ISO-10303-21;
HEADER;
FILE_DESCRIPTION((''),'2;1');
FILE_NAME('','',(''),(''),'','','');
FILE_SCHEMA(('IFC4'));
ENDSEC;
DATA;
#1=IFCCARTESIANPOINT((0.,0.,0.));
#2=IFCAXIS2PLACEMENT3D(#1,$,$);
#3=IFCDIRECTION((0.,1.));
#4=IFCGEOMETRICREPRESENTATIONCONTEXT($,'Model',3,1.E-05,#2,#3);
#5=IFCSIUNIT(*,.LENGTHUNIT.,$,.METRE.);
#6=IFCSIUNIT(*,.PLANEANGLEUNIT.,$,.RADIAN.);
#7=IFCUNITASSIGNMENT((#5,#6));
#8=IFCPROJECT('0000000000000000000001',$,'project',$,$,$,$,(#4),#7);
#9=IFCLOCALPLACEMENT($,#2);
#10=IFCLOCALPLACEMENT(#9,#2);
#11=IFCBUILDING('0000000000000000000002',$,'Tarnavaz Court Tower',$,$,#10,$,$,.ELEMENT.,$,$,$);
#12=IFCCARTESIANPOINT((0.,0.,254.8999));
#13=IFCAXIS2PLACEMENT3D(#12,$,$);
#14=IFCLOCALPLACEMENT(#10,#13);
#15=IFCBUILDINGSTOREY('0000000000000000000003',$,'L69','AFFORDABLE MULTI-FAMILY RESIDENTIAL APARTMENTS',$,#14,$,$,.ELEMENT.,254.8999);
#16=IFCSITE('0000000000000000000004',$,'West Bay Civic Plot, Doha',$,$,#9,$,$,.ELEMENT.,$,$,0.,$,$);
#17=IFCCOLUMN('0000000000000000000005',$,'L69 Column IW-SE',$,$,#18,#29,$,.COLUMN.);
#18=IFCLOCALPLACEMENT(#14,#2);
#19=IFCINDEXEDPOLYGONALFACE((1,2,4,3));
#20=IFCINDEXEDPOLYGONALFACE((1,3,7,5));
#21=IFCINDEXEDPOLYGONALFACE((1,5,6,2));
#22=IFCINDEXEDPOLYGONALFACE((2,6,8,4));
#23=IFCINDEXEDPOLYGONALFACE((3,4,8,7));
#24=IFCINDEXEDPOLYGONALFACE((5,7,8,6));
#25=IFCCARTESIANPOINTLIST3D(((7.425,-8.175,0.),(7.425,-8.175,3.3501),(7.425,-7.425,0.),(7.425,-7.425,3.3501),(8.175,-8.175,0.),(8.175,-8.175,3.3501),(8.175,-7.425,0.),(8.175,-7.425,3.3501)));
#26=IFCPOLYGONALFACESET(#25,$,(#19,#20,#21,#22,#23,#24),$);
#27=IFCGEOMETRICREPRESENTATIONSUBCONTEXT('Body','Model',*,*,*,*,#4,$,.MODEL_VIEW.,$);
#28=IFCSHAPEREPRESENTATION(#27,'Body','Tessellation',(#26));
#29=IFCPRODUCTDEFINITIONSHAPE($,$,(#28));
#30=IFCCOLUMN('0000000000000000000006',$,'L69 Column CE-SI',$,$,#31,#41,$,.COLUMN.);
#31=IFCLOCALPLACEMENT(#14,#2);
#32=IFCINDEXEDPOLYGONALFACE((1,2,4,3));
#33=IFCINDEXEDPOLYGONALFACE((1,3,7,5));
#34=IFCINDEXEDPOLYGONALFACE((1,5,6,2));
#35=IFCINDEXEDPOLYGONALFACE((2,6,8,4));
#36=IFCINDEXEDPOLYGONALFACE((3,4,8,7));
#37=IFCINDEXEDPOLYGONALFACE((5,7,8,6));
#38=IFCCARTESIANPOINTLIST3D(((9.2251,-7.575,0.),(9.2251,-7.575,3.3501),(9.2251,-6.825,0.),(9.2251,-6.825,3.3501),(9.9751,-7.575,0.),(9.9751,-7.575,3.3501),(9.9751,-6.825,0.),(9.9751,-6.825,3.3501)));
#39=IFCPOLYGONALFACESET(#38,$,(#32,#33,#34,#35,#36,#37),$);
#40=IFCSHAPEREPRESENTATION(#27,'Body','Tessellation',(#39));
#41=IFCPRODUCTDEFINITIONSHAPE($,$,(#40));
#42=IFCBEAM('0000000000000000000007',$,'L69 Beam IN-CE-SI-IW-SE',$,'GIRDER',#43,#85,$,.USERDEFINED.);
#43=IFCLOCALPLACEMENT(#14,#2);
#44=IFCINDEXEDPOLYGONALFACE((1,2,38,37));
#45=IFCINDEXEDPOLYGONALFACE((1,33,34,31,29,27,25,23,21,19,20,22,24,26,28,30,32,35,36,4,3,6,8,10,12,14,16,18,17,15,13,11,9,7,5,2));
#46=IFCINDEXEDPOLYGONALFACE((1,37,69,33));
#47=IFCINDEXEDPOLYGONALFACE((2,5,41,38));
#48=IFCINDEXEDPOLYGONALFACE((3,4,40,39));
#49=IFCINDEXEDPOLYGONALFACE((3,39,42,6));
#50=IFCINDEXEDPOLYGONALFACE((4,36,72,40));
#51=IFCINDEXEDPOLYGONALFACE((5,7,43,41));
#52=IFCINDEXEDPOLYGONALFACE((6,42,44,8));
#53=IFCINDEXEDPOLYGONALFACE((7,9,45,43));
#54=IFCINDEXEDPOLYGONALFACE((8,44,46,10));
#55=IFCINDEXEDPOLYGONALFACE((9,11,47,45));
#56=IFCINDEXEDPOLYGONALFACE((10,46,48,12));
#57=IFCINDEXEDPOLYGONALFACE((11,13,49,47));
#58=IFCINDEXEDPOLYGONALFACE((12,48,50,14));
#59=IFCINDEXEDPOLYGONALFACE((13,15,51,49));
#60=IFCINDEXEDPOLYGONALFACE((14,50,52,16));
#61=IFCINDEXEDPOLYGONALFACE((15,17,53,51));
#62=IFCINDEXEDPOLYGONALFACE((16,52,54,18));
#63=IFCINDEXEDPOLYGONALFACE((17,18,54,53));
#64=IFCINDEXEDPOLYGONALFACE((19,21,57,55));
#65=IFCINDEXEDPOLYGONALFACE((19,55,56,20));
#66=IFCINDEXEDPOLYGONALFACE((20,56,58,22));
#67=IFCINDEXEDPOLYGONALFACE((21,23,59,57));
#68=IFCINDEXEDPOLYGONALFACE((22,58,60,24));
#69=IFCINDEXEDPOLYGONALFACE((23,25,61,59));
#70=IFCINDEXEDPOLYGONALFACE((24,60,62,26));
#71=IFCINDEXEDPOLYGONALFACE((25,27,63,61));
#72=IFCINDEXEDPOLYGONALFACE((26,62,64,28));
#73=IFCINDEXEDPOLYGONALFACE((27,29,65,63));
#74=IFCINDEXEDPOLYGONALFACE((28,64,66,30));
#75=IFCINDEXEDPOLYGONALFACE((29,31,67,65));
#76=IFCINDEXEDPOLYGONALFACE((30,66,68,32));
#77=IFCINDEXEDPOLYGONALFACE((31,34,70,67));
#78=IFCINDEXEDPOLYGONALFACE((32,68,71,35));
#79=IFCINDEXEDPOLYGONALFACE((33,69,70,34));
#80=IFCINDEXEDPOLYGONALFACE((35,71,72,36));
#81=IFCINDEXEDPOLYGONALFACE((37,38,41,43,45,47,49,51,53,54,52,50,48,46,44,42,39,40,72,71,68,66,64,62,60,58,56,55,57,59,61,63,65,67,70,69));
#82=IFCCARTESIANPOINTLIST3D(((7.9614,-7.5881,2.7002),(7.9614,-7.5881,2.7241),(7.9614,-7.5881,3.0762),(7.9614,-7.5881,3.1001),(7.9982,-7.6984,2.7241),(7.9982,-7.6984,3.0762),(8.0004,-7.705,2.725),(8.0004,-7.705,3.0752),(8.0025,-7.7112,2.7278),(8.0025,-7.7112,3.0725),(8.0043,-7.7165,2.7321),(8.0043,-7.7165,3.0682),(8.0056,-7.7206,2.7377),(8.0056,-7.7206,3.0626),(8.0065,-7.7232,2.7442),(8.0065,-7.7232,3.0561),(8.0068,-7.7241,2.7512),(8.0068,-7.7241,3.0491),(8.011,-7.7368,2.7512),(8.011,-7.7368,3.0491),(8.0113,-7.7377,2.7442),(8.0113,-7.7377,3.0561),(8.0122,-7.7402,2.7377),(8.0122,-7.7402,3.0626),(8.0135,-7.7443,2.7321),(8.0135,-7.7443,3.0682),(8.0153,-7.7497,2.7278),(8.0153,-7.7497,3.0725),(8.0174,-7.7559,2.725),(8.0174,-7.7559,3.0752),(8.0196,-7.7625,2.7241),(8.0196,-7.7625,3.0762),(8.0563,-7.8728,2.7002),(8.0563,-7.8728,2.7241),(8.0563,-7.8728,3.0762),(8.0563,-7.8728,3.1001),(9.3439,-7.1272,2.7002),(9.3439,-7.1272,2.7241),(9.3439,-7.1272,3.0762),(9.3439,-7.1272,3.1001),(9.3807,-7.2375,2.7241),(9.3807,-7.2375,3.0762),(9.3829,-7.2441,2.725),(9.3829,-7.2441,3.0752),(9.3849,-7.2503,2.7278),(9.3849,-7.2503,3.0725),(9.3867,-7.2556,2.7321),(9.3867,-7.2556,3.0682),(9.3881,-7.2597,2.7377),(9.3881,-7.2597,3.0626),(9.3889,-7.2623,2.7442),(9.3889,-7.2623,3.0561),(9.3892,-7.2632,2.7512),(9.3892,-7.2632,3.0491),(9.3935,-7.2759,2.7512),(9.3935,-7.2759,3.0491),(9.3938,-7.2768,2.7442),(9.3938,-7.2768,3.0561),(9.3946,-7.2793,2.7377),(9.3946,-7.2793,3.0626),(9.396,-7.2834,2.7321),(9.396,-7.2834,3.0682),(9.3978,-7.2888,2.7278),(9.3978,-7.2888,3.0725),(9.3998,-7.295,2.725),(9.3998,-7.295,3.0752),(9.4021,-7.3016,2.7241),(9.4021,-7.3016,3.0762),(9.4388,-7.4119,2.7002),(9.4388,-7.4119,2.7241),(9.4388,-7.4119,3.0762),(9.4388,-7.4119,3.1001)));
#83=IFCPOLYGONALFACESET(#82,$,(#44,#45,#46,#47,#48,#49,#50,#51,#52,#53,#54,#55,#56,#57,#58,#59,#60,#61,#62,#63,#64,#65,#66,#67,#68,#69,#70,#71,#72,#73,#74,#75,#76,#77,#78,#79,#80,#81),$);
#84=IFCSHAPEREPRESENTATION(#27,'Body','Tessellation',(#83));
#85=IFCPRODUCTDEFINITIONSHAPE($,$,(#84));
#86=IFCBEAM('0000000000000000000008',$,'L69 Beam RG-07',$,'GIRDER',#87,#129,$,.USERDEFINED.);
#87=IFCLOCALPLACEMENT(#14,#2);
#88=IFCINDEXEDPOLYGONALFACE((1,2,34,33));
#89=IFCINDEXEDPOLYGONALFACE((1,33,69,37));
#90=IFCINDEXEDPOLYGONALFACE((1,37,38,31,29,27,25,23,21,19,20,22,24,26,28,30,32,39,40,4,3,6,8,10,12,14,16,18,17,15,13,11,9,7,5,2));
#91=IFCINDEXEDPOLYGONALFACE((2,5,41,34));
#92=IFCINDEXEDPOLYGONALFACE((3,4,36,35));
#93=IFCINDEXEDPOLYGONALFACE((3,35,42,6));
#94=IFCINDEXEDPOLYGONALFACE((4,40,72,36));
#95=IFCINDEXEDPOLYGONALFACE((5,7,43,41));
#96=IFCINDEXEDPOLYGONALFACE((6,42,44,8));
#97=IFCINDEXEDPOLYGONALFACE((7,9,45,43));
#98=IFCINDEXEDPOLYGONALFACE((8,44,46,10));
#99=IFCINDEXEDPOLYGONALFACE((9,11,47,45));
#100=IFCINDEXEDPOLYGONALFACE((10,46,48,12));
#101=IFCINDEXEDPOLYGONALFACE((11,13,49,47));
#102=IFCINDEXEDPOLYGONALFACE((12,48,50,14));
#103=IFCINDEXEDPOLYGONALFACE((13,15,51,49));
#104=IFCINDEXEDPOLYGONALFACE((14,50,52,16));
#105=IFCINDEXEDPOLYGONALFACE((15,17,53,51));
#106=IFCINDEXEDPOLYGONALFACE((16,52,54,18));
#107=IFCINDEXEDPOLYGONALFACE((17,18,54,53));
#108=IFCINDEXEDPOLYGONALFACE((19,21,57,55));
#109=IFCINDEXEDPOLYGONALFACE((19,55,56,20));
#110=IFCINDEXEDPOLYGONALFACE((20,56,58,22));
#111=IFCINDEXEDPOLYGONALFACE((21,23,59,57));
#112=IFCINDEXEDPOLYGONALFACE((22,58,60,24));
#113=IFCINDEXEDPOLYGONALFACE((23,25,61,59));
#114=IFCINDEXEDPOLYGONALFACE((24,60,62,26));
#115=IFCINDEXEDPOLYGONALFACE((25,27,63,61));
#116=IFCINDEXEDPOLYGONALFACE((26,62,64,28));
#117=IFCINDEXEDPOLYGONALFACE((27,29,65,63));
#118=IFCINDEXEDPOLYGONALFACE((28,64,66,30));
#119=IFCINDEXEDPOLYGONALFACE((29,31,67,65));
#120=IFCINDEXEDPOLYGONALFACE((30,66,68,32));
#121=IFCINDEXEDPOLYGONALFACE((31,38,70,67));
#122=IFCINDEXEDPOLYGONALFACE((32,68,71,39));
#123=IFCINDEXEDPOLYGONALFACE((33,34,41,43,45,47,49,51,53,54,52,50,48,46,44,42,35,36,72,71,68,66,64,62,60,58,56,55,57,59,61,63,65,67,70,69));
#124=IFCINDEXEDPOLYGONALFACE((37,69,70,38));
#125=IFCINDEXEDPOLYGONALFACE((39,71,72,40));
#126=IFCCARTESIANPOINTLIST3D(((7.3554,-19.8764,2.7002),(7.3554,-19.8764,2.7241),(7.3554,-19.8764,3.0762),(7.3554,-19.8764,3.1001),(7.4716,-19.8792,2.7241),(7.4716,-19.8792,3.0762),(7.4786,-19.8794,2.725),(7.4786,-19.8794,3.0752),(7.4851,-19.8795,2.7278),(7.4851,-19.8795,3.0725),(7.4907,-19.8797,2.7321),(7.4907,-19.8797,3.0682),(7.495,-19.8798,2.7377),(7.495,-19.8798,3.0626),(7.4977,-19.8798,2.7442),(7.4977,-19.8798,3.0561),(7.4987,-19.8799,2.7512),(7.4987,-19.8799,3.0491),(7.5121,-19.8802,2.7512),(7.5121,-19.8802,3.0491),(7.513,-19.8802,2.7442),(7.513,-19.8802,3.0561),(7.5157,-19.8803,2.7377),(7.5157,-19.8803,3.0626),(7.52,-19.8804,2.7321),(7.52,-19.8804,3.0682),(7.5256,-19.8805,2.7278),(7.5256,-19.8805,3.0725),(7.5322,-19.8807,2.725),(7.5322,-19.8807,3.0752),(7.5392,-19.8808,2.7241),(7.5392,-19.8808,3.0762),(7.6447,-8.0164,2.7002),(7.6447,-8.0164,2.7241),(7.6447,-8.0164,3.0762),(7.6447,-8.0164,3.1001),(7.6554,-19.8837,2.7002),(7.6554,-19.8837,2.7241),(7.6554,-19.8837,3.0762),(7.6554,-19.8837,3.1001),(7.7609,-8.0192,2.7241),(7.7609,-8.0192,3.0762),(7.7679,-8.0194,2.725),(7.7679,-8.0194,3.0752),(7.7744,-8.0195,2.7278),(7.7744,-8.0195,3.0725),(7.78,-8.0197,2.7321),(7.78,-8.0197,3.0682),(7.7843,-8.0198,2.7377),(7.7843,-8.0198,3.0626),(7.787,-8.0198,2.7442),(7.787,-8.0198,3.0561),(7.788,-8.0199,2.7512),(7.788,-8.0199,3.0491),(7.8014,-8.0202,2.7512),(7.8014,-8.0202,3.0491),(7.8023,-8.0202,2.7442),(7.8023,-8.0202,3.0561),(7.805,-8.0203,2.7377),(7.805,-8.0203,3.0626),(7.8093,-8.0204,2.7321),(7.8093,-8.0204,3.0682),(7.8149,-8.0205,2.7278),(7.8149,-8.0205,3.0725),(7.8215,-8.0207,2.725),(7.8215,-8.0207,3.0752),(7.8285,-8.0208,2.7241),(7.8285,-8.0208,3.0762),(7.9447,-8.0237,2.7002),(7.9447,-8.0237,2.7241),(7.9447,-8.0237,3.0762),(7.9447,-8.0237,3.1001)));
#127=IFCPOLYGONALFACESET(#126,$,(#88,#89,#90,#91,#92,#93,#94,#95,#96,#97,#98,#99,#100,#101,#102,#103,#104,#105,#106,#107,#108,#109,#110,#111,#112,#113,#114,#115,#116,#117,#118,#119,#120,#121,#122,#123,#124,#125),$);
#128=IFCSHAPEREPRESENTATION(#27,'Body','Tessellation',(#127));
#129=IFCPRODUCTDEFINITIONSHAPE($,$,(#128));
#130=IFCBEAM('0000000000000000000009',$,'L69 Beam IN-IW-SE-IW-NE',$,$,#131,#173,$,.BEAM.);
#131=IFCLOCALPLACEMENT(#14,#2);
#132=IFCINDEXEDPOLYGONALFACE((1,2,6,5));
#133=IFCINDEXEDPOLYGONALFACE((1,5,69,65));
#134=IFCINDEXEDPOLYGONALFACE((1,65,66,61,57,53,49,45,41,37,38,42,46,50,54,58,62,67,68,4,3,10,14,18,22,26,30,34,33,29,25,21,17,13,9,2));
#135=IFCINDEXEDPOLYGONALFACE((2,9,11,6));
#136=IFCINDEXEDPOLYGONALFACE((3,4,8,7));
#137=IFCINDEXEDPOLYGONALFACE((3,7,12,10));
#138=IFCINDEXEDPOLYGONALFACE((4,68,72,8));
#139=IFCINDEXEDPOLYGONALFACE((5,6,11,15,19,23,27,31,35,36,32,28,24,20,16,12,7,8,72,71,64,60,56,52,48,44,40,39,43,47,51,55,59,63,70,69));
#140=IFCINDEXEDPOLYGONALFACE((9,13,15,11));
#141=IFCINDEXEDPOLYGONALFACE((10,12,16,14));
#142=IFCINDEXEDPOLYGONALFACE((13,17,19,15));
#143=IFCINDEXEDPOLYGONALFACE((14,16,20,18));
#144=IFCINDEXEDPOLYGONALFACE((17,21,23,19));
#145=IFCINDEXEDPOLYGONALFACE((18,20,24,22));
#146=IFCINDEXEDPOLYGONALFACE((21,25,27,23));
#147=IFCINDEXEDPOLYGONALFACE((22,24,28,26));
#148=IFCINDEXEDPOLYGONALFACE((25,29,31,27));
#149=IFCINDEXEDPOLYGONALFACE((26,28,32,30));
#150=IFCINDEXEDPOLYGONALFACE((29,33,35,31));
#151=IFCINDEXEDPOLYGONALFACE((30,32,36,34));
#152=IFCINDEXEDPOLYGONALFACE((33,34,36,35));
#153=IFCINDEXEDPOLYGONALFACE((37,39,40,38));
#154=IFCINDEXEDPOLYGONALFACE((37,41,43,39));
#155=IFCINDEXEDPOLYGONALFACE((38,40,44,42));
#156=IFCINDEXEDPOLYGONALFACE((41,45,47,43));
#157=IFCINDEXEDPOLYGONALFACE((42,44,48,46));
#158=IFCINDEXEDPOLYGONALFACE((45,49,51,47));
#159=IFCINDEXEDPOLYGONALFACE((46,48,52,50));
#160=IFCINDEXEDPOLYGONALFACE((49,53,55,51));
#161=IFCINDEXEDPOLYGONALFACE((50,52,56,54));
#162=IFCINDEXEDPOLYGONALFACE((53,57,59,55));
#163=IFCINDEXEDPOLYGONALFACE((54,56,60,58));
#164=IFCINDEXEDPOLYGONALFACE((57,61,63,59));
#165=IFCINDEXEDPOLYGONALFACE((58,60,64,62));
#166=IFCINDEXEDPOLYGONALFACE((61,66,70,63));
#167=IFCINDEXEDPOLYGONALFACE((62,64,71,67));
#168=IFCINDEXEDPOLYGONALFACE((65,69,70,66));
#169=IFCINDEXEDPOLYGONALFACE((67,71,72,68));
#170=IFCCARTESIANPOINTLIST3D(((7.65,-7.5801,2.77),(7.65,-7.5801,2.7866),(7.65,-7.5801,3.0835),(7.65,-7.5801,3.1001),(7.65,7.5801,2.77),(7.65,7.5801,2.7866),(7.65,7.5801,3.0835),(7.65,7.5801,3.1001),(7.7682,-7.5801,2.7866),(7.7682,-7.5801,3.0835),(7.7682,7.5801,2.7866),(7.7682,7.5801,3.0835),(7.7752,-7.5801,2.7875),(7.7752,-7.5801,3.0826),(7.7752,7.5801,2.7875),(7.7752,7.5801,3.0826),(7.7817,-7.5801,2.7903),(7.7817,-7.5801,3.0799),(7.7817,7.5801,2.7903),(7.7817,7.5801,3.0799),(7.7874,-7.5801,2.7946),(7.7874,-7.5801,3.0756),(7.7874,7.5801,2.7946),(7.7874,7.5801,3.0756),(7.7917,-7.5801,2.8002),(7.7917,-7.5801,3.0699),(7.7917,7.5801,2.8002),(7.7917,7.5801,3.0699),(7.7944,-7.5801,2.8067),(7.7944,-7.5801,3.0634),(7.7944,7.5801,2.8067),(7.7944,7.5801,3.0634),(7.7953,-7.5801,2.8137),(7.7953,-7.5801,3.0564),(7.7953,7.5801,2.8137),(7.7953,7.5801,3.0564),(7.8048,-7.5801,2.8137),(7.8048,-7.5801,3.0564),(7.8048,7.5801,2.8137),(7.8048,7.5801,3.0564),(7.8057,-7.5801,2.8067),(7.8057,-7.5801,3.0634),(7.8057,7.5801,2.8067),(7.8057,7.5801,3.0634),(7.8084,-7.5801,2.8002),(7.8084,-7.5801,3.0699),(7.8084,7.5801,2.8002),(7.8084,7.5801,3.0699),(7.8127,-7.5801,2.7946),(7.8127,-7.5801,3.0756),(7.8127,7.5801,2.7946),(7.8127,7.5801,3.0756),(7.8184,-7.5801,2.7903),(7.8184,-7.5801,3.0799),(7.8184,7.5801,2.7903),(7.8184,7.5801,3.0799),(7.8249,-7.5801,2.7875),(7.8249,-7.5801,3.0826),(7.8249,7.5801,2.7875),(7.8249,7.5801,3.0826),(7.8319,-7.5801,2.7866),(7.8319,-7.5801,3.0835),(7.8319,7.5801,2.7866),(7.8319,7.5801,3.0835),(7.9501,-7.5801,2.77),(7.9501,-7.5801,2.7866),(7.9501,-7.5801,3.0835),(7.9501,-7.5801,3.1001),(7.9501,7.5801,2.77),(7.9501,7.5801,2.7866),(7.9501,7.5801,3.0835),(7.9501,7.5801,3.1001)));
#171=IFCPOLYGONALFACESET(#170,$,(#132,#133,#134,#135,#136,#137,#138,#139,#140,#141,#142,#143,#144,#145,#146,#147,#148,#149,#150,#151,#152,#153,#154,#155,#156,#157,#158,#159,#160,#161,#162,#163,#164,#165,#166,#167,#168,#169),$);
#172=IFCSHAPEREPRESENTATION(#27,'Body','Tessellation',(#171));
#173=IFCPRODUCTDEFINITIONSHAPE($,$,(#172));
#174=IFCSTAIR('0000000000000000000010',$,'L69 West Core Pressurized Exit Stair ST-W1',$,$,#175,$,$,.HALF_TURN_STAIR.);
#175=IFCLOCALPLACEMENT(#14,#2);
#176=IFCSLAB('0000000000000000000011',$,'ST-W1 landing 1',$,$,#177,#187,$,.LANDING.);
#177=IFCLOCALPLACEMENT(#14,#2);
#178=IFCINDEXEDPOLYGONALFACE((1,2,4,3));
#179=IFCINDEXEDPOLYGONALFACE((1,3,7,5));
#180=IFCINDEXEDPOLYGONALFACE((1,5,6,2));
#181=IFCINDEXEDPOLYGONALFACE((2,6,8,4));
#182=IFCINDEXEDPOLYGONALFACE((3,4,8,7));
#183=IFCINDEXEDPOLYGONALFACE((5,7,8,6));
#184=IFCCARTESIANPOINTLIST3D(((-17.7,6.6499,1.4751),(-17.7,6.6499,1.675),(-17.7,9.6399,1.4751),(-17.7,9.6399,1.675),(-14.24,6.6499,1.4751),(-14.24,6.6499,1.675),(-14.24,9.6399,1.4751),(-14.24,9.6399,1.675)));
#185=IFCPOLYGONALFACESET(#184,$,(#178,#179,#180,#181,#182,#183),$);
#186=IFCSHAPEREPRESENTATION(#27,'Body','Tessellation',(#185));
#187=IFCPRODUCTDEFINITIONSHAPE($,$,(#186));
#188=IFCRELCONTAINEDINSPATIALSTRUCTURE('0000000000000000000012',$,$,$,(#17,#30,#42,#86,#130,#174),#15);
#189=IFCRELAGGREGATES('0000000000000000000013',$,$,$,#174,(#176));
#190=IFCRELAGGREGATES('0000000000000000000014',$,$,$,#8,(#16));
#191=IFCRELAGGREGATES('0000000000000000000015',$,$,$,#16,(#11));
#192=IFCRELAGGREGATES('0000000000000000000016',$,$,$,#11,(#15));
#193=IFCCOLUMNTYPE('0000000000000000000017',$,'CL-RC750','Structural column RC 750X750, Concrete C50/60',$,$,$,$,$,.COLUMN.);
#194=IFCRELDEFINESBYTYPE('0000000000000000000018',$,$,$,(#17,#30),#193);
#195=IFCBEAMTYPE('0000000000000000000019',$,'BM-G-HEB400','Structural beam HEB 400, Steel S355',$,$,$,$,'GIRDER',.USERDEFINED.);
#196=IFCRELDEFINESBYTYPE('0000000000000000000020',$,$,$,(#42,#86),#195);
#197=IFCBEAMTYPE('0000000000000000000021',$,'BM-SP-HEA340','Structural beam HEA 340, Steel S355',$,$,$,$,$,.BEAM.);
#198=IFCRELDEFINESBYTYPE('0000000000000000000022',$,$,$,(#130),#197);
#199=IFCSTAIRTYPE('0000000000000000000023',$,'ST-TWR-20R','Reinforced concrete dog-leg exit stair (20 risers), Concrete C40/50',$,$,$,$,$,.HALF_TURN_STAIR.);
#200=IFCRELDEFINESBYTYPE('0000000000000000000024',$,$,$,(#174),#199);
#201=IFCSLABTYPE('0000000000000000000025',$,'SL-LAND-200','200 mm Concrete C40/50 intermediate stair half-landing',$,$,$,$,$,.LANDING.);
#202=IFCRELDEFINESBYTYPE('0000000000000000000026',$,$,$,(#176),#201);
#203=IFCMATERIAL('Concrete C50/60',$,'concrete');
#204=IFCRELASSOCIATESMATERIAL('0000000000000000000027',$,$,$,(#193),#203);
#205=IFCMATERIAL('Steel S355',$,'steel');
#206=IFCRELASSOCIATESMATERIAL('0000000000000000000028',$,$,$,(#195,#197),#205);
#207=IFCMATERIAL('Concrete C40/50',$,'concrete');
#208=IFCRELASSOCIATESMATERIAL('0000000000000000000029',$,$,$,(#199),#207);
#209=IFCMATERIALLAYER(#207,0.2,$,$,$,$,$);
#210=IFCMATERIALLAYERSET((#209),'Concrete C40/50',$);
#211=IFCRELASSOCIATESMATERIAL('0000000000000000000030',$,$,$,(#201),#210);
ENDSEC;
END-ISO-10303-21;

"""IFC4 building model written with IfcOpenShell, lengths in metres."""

from ifc_helpers import new_model, si_unit, direction, frame, origin, origin_2d, place, context, subcontext, project, spatial, polyline, rectangle, i_section, outline, extrude, material, layer, layer_set, material_profile, profile_set, type_object, element, aggregate, save


model = new_model("IFC4")

# Units and contexts
model_context = context("Model", 3, precision=1e-05, world=origin(), true_north=direction((0.0, 1.0)))
body_context = subcontext(model_context, "Body", "Model", "MODEL_VIEW")
ifc_project = project(units=[si_unit("LENGTHUNIT", "METRE"), si_unit("PLANEANGLEUNIT", "RADIAN")], contexts=[model_context])

# Site, building, storey
site_placement = place(None, origin())
site = spatial("IfcSite", under=ifc_project, at=site_placement, Name="West Bay Civic Plot, Doha", CompositionType="ELEMENT", RefElevation=0.0)
building_placement = place(site_placement, origin())
building = spatial("IfcBuilding", under=site, at=building_placement, Name="Tarnavaz Court Tower", CompositionType="ELEMENT")
storey_placement = place(building_placement, frame((0.0, 0.0, 254.8999)))
storey = spatial("IfcBuildingStorey", under=building, at=storey_placement, Name="L69", Description="AFFORDABLE MULTI-FAMILY RESIDENTIAL APARTMENTS", CompositionType="ELEMENT", Elevation=254.8999)

# Columns
ifc_material_1 = material(Name="Concrete C50/60", Category="concrete")
ifc_material_profile_1 = material_profile(ifc_material_1, rectangle(XDim=0.75, YDim=0.75, at=origin_2d()), Name="RC 750X750")
ifc_profile_set_1 = profile_set([ifc_material_profile_1], Name="Concrete C50/60")
column_type = type_object("IfcColumnType", Name="CL-RC750", Description="Structural column RC 750X750, Concrete C50/60", PredefinedType="COLUMN", material=ifc_profile_set_1)
for number, where, z_axis, x_axis, name in (
    (1, (7.8, -7.8, 0.0), (0.0, 0.0, 1.0), (1.0, 0.0, 0.0), "L69 Column IW-SE"),
    (2, (9.6001, -7.2, 0.0), (0.0, 0.0, 1.0), (1.0, 0.0, 0.0), "L69 Column CE-SI"),
):
    element("IfcColumn", number, at=place(storey_placement, frame(where, z_axis=z_axis, x_axis=x_axis)), inside=storey, type_object=column_type, Name=name, PredefinedType="COLUMN", context=body_context, shape_type="SweptSolid", body=[
        extrude(rectangle(XDim=0.75, YDim=0.75, at=origin_2d()), origin(), (0.0, 0.0, 1.0), 3.3501),
    ])

# Beams
ifc_material_2 = material(Name="Steel S355", Category="steel")
ifc_material_profile_2 = material_profile(ifc_material_2, i_section(OverallWidth=0.3, OverallDepth=0.3999, WebThickness=0.0134, FlangeThickness=0.0239, FilletRadius=0.0271, at=origin_2d()), Name="HEB 400")
ifc_profile_set_2 = profile_set([ifc_material_profile_2], Name="Steel S355")
beam_type_1 = type_object("IfcBeamType", Name="BM-G-HEB400", Description="Structural beam HEB 400, Steel S355", ElementType="GIRDER", PredefinedType="USERDEFINED", material=ifc_profile_set_2)
beam_1_placement = place(storey_placement, frame((9.3914, -7.2695, 2.9001), z_axis=(-0.948667, -0.316278, 0.0), x_axis=(0.316278, -0.948667, 0.0)))
element("IfcBeam", 3, at=beam_1_placement, inside=storey, type_object=beam_type_1, Name="L69 Beam IN-CE-SI-IW-SE", ObjectType="GIRDER", PredefinedType="USERDEFINED", context=body_context, shape_type="SweptSolid", body=[
    extrude(i_section(OverallWidth=0.3, OverallDepth=0.3999, WebThickness=0.0134, FlangeThickness=0.0239, FilletRadius=0.0271, at=origin_2d()), origin(), (0.0, 0.0, 1.0), 1.4573),
])
beam_2_placement = place(storey_placement, frame((7.7947, -8.02, 2.9001), z_axis=(-0.024386, -0.999703, 0.0), x_axis=(0.999703, -0.024386, 0.0)))
element("IfcBeam", 4, at=beam_2_placement, inside=storey, type_object=beam_type_1, Name="L69 Beam RG-07", ObjectType="GIRDER", PredefinedType="USERDEFINED", context=body_context, shape_type="SweptSolid", body=[
    extrude(i_section(OverallWidth=0.3, OverallDepth=0.3999, WebThickness=0.0134, FlangeThickness=0.0239, FilletRadius=0.0271, at=origin_2d()), origin(), (0.0, 0.0, 1.0), 11.8635),
])
ifc_material_profile_3 = material_profile(ifc_material_2, i_section(OverallWidth=0.3, OverallDepth=0.3301, WebThickness=0.0095, FlangeThickness=0.0166, FilletRadius=0.0271, at=origin_2d()), Name="HEA 340")
ifc_profile_set_3 = profile_set([ifc_material_profile_3], Name="Steel S355")
beam_type_2 = type_object("IfcBeamType", Name="BM-SP-HEA340", Description="Structural beam HEA 340, Steel S355", PredefinedType="BEAM", material=ifc_profile_set_3)
beam_3_placement = place(storey_placement, frame((7.8, -7.5801, 2.9351), z_axis=(0.0, 1.0, 0.0), x_axis=(-1.0, 0.0, 0.0)))
element("IfcBeam", 5, at=beam_3_placement, inside=storey, type_object=beam_type_2, Name="L69 Beam IN-IW-SE-IW-NE", PredefinedType="BEAM", context=body_context, shape_type="SweptSolid", body=[
    extrude(i_section(OverallWidth=0.3, OverallDepth=0.3301, WebThickness=0.0095, FlangeThickness=0.0166, FilletRadius=0.0271, at=origin_2d()), origin(), (0.0, 0.0, 1.0), 15.1602),
])

# Stair, slab
ifc_material_3 = material(Name="Concrete C40/50", Category="concrete")
stair_type = type_object("IfcStairType", Name="ST-TWR-20R", Description="Reinforced concrete dog-leg exit stair (20 risers), Concrete C40/50", PredefinedType="HALF_TURN_STAIR", material=ifc_material_3)
stair_1_placement = place(storey_placement, origin())
stair_1 = element("IfcStair", 6, at=stair_1_placement, inside=storey, type_object=stair_type, Name="L69 West Core Pressurized Exit Stair ST-W1", PredefinedType="HALF_TURN_STAIR")
ifc_layer_1 = layer(ifc_material_3, 0.2)
ifc_layer_set_1 = layer_set([ifc_layer_1], Name="Concrete C40/50")
slab_type_1 = type_object("IfcSlabType", Name="SL-LAND-200", Description="200 mm Concrete C40/50 intermediate stair half-landing", PredefinedType="LANDING", material=ifc_layer_set_1)
slab_1_placement = place(storey_placement, frame((0.0, 0.0, 1.4751)))
slab_1 = element("IfcSlab", 7, at=slab_1_placement, type_object=slab_type_1, Name="ST-W1 landing 1", PredefinedType="LANDING", context=body_context, shape_type="SweptSolid", body=[
    extrude(outline(polyline([(-14.24, 9.6399), (-17.7, 9.6399), (-17.7, 6.6499), (-14.24, 6.6499), (-14.24, 9.6399)])), origin(), (0.0, 0.0, 1.0), 0.2),
])
aggregate(stair_1, [slab_1])

save(model, "model.ifc")
